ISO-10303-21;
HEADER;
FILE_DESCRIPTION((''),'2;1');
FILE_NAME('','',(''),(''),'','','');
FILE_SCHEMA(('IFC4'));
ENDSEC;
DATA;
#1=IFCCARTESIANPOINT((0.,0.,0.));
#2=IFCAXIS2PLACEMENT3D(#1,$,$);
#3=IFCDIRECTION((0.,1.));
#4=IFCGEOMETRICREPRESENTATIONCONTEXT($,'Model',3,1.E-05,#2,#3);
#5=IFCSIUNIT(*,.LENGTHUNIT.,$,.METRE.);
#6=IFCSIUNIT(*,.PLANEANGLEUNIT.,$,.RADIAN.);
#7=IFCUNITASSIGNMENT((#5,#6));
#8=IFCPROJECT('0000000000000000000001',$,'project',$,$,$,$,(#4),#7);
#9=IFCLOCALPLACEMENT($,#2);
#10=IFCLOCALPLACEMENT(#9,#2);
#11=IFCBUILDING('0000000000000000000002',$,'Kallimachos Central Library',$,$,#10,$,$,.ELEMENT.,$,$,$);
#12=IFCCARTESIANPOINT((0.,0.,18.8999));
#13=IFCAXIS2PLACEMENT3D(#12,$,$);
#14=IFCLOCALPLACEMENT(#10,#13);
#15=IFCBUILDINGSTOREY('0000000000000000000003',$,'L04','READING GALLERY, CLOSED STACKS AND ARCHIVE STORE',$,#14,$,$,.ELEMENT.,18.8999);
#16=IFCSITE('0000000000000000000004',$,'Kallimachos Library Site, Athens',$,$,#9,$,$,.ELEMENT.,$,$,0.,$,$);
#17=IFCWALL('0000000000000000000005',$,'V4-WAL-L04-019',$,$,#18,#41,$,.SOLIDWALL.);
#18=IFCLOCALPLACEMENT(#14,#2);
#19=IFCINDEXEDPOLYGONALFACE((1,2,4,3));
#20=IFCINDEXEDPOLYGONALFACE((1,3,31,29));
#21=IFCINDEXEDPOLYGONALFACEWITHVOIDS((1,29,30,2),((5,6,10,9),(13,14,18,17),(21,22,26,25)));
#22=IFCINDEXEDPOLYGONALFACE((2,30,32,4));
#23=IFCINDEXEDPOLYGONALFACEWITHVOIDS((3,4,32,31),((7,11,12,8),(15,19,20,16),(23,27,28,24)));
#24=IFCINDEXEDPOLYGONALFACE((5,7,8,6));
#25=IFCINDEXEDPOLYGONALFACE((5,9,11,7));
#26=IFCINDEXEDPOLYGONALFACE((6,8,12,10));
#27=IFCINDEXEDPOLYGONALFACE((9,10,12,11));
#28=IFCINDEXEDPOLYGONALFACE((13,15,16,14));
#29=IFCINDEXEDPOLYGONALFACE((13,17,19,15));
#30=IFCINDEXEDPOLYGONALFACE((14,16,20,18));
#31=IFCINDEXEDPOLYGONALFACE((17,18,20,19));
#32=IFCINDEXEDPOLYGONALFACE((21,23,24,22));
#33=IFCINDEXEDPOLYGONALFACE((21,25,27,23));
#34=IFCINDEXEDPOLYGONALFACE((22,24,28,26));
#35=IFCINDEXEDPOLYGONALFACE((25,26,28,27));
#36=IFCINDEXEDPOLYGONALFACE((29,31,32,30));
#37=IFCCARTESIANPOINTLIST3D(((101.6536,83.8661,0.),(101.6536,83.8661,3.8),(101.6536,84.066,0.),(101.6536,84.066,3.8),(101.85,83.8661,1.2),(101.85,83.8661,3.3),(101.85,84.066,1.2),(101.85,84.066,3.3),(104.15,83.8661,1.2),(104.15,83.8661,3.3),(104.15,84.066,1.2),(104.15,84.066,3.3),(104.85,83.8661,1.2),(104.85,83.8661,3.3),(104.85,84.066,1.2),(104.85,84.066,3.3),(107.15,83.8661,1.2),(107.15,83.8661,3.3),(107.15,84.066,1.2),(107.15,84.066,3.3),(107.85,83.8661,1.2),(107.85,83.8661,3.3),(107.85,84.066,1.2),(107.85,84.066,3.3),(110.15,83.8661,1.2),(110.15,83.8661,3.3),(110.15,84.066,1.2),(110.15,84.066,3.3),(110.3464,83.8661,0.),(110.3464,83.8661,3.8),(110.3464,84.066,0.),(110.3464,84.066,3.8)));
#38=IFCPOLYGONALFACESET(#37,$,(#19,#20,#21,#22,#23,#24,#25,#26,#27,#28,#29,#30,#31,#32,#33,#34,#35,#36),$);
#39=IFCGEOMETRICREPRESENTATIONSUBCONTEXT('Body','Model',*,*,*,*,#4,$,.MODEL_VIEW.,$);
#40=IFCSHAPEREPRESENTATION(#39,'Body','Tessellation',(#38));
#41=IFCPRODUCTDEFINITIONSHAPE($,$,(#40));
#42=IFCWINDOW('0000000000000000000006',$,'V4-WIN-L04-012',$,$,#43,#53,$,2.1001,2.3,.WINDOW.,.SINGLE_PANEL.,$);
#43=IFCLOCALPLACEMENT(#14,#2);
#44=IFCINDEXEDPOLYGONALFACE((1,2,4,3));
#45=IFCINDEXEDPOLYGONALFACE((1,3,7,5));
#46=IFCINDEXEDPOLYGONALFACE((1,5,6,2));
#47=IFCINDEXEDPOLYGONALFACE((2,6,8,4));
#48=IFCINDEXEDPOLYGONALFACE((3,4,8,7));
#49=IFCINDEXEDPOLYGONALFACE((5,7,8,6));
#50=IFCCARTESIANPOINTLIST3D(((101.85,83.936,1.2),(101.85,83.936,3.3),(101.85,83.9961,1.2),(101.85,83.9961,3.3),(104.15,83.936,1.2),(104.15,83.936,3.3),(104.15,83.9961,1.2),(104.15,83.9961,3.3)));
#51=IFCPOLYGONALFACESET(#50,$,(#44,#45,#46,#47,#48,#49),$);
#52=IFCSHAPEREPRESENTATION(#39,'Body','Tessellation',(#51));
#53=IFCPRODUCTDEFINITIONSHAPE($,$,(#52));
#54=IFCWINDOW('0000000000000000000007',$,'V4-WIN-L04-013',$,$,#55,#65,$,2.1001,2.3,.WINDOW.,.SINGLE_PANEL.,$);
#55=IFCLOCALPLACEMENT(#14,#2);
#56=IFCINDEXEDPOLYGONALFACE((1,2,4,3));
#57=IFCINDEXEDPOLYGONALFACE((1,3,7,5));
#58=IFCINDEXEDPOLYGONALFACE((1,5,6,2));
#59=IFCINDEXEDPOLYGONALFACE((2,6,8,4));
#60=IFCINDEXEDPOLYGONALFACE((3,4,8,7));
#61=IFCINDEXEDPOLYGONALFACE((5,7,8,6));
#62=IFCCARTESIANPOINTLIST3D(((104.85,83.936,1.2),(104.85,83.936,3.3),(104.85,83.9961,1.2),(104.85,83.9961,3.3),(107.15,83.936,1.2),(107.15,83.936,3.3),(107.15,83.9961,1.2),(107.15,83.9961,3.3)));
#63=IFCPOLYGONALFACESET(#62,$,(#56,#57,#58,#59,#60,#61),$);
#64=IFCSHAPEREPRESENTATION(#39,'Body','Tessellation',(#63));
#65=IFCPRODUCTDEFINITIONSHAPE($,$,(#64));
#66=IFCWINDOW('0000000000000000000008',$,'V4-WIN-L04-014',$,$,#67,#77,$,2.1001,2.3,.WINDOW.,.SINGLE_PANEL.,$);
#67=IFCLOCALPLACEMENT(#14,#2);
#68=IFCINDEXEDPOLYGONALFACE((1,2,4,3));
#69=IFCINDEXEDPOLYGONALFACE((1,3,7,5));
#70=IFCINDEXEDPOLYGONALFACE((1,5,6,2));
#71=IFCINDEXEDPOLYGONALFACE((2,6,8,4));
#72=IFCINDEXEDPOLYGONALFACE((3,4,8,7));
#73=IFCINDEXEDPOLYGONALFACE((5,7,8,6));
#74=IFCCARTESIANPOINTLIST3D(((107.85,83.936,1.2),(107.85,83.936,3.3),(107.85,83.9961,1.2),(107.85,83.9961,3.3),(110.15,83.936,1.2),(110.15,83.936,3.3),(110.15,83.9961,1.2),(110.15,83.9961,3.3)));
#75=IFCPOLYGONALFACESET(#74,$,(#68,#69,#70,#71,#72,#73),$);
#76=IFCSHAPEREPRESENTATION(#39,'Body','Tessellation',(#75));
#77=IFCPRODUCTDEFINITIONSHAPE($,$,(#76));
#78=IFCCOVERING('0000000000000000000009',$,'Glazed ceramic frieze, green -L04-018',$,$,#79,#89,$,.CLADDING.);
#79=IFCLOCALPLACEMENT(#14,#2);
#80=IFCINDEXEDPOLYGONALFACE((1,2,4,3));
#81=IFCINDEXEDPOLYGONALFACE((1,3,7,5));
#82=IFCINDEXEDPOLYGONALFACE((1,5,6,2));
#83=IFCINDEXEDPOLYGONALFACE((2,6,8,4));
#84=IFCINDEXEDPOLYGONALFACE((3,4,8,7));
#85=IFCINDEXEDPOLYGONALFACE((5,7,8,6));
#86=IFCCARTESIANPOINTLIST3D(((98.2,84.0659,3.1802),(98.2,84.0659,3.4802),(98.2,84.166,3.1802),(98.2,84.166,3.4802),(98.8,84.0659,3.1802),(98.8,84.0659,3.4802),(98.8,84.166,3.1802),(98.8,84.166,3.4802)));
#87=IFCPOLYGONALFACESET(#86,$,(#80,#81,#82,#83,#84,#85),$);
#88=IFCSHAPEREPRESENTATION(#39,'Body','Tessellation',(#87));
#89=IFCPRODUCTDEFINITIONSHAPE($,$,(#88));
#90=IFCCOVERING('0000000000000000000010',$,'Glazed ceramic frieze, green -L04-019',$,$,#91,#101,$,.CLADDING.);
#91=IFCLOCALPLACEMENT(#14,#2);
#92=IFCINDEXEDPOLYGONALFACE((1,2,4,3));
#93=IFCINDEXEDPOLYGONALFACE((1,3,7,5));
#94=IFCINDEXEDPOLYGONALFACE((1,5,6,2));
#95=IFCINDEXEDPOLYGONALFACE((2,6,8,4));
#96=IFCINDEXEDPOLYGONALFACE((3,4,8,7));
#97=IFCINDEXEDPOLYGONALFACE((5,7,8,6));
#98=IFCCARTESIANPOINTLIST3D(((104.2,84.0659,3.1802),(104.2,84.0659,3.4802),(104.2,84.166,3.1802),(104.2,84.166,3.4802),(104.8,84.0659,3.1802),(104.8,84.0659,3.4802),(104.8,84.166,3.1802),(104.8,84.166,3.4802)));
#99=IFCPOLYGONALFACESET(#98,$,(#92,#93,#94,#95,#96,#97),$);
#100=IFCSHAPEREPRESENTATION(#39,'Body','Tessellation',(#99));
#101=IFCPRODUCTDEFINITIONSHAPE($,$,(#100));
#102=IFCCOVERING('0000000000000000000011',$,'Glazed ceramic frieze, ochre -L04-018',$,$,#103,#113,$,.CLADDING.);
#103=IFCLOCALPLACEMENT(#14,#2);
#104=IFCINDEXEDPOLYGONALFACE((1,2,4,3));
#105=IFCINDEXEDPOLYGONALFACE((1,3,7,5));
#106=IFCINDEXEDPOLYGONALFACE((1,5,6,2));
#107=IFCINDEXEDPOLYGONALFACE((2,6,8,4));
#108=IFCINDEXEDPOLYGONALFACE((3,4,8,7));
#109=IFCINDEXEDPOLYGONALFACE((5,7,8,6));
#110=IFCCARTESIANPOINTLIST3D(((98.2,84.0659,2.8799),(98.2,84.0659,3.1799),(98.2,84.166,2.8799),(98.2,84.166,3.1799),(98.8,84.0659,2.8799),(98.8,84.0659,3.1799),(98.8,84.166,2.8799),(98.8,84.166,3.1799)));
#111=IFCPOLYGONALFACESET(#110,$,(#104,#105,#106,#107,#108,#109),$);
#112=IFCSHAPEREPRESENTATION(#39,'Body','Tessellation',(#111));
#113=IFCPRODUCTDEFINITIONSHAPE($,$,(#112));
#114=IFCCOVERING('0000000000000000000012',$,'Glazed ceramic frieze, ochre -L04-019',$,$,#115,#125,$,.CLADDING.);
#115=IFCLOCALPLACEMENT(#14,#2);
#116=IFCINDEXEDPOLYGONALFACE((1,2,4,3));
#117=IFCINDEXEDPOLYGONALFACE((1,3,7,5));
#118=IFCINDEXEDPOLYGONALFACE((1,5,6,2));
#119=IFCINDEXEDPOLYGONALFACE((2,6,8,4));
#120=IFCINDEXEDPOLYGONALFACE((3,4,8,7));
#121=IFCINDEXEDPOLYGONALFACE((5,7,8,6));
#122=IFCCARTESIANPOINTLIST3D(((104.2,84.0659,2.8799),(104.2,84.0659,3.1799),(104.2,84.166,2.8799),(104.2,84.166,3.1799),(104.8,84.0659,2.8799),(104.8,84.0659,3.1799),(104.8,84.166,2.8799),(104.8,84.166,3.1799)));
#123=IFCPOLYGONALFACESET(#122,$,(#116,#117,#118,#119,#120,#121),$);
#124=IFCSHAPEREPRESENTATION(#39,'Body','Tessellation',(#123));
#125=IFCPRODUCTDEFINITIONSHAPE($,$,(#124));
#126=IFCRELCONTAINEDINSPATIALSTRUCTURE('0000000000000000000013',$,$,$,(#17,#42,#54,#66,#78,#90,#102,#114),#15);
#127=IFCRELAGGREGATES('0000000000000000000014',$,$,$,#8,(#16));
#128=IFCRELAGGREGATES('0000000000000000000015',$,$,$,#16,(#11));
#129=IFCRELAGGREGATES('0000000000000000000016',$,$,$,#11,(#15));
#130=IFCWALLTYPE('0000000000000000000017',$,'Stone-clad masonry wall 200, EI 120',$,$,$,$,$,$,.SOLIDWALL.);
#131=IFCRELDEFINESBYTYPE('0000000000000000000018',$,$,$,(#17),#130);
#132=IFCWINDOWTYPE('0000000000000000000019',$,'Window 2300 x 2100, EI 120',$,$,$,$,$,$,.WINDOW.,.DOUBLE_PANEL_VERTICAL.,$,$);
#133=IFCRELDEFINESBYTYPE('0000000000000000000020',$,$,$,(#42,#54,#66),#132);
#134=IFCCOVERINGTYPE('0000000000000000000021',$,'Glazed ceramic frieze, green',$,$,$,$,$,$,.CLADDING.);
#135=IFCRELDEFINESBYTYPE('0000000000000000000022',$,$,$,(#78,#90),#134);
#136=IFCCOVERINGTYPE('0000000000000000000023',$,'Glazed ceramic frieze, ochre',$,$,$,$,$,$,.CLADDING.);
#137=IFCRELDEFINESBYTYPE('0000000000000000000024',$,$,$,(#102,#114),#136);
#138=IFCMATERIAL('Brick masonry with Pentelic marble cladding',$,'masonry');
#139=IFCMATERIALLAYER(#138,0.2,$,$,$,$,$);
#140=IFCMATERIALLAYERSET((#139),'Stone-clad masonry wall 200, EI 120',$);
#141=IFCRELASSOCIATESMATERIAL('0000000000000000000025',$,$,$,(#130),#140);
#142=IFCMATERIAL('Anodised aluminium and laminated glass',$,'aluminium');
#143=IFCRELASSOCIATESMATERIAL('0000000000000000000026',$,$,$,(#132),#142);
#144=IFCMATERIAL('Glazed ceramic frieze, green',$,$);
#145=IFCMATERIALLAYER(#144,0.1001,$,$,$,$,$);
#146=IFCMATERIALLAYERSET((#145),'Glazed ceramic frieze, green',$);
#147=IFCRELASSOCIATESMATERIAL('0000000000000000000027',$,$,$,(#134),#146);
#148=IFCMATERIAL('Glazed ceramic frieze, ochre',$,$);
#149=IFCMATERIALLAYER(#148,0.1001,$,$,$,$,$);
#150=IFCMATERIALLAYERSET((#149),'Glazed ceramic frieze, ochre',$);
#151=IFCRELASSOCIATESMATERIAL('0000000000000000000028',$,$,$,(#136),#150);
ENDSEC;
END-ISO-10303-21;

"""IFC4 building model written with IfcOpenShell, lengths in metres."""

from ifc_helpers import new_model, si_unit, direction, frame, frame_2d, origin, origin_2d, place, context, subcontext, project, spatial, rectangle, extrude, material, layer, layer_set, type_object, element, fill, save


model = new_model("IFC4")

# Units and contexts
model_context = context("Model", 3, precision=1e-05, world=origin(), true_north=direction((0.0, 1.0)))
body_context = subcontext(model_context, "Body", "Model", "MODEL_VIEW")
ifc_project = project(units=[si_unit("LENGTHUNIT", "METRE"), si_unit("PLANEANGLEUNIT", "RADIAN")], contexts=[model_context])

# Site, building, storey
site_placement = place(None, origin())
site = spatial("IfcSite", under=ifc_project, at=site_placement, Name="Kallimachos Library Site, Athens", CompositionType="ELEMENT", RefElevation=0.0)
building_placement = place(site_placement, origin())
building = spatial("IfcBuilding", under=site, at=building_placement, Name="Kallimachos Central Library", CompositionType="ELEMENT")
storey_placement = place(building_placement, frame((0.0, 0.0, 18.8999)))
storey = spatial("IfcBuildingStorey", under=building, at=storey_placement, Name="L04", Description="READING GALLERY, CLOSED STACKS AND ARCHIVE STORE", CompositionType="ELEMENT", Elevation=18.8999)

# Wall, openings, windows
ifc_material_1 = material(Name="Brick masonry with Pentelic marble cladding", Category="masonry")
ifc_layer_1 = layer(ifc_material_1, 0.2)
ifc_layer_set_1 = layer_set([ifc_layer_1], Name="Stone-clad masonry wall 200, EI 120")
wall_type_1 = type_object("IfcWallType", Name="Stone-clad masonry wall 200, EI 120", PredefinedType="SOLIDWALL", material=ifc_layer_set_1)
wall_1_placement = place(storey_placement, frame((101.6536, 83.9661, 0.0), z_axis=(0.0, 0.0, 1.0), x_axis=(1.0, 0.0, 0.0)))
wall_1 = element("IfcWall", 1, at=wall_1_placement, inside=storey, type_object=wall_type_1, Name="V4-WAL-L04-019", PredefinedType="SOLIDWALL", context=body_context, shape_type="SweptSolid", body=[
    extrude(rectangle(XDim=8.6929, YDim=0.2, at=frame_2d((4.3464, 0.0))), origin(), (0.0, 0.0, 1.0), 3.8),
])
opening_1_placement = place(wall_1_placement, frame((0.1965, 0.0, 1.2)))
opening_1 = element("IfcOpeningElement", 2, at=opening_1_placement, cuts=wall_1, PredefinedType="OPENING", context=body_context, shape_type="SweptSolid", body=[
    extrude(rectangle(XDim=2.3, YDim=2.1001, at=frame_2d((1.1499, 1.05))), frame((0.0, 0.1099, 0.0), z_axis=(0.0, -1.0, 0.0), x_axis=(1.0, 0.0, 0.0)), (0.0, 0.0, 1.0), 0.22),
])
opening_2_placement = place(wall_1_placement, frame((3.1965, 0.0, 1.2)))
opening_2 = element("IfcOpeningElement", 3, at=opening_2_placement, cuts=wall_1, PredefinedType="OPENING", context=body_context, shape_type="SweptSolid", body=[
    extrude(rectangle(XDim=2.3, YDim=2.1001, at=frame_2d((1.1499, 1.05))), frame((0.0, 0.1099, 0.0), z_axis=(0.0, -1.0, 0.0), x_axis=(1.0, 0.0, 0.0)), (0.0, 0.0, 1.0), 0.22),
])
opening_3_placement = place(wall_1_placement, frame((6.1965, 0.0, 1.2)))
opening_3 = element("IfcOpeningElement", 4, at=opening_3_placement, cuts=wall_1, PredefinedType="OPENING", context=body_context, shape_type="SweptSolid", body=[
    extrude(rectangle(XDim=2.3, YDim=2.1001, at=frame_2d((1.1499, 1.05))), frame((0.0, 0.1099, 0.0), z_axis=(0.0, -1.0, 0.0), x_axis=(1.0, 0.0, 0.0)), (0.0, 0.0, 1.0), 0.22),
])
ifc_material_2 = material(Name="Anodised aluminium and laminated glass", Category="aluminium")
window_type = type_object("IfcWindowType", Name="Window 2300 x 2100, EI 120", PartitioningType="DOUBLE_PANEL_VERTICAL", PredefinedType="WINDOW", material=ifc_material_2)
window_1_placement = place(opening_1_placement, origin())
window_1 = element("IfcWindow", 5, at=window_1_placement, inside=storey, type_object=window_type, Name="V4-WIN-L04-012", OverallHeight=2.1001, OverallWidth=2.3, PartitioningType="SINGLE_PANEL", PredefinedType="WINDOW", context=body_context, shape_type="SweptSolid", body=[
    extrude(rectangle(XDim=2.3, YDim=2.1001, at=frame_2d((1.1499, 1.05))), frame((0.0, 0.03, 0.0), z_axis=(0.0, -1.0, 0.0), x_axis=(1.0, 0.0, 0.0)), (0.0, 0.0, 1.0), 0.0601),
])
fill(opening_1, window_1)
window_2_placement = place(opening_2_placement, origin())
window_2 = element("IfcWindow", 6, at=window_2_placement, inside=storey, type_object=window_type, Name="V4-WIN-L04-013", OverallHeight=2.1001, OverallWidth=2.3, PartitioningType="SINGLE_PANEL", PredefinedType="WINDOW", context=body_context, shape_type="SweptSolid", body=[
    extrude(rectangle(XDim=2.3, YDim=2.1001, at=frame_2d((1.1499, 1.05))), frame((0.0, 0.03, 0.0), z_axis=(0.0, -1.0, 0.0), x_axis=(1.0, 0.0, 0.0)), (0.0, 0.0, 1.0), 0.0601),
])
fill(opening_2, window_2)
window_3_placement = place(opening_3_placement, origin())
window_3 = element("IfcWindow", 7, at=window_3_placement, inside=storey, type_object=window_type, Name="V4-WIN-L04-014", OverallHeight=2.1001, OverallWidth=2.3, PartitioningType="SINGLE_PANEL", PredefinedType="WINDOW", context=body_context, shape_type="SweptSolid", body=[
    extrude(rectangle(XDim=2.3, YDim=2.1001, at=frame_2d((1.1499, 1.05))), frame((0.0, 0.03, 0.0), z_axis=(0.0, -1.0, 0.0), x_axis=(1.0, 0.0, 0.0)), (0.0, 0.0, 1.0), 0.0601),
])
fill(opening_3, window_3)

# Coverings
ifc_material_3 = material(Name="Glazed ceramic frieze, green")
ifc_layer_2 = layer(ifc_material_3, 0.1001)
ifc_layer_set_2 = layer_set([ifc_layer_2], Name="Glazed ceramic frieze, green")
covering_type_1 = type_object("IfcCoveringType", Name="Glazed ceramic frieze, green", PredefinedType="CLADDING", material=ifc_layer_set_2)
for number, where, z_axis, x_axis, name in (
    (8, (98.5, 84.116, 3.1802), (0.0, 0.0, 1.0), (1.0, 0.0, 0.0), "Glazed ceramic frieze, green -L04-018"),
    (9, (104.5, 84.116, 3.1802), (0.0, 0.0, 1.0), (1.0, 0.0, 0.0), "Glazed ceramic frieze, green -L04-019"),
):
    element("IfcCovering", number, at=place(storey_placement, frame(where, z_axis=z_axis, x_axis=x_axis)), inside=storey, type_object=covering_type_1, Name=name, PredefinedType="CLADDING", context=body_context, shape_type="SweptSolid", body=[
        extrude(rectangle(XDim=0.6001, YDim=0.1001, at=origin_2d()), origin(), (0.0, 0.0, 1.0), 0.3),
    ])
ifc_material_4 = material(Name="Glazed ceramic frieze, ochre")
ifc_layer_3 = layer(ifc_material_4, 0.1001)
ifc_layer_set_3 = layer_set([ifc_layer_3], Name="Glazed ceramic frieze, ochre")
covering_type_2 = type_object("IfcCoveringType", Name="Glazed ceramic frieze, ochre", PredefinedType="CLADDING", material=ifc_layer_set_3)
for number, where, z_axis, x_axis, name in (
    (10, (98.5, 84.116, 2.8799), (0.0, 0.0, 1.0), (1.0, 0.0, 0.0), "Glazed ceramic frieze, ochre -L04-018"),
    (11, (104.5, 84.116, 2.8799), (0.0, 0.0, 1.0), (1.0, 0.0, 0.0), "Glazed ceramic frieze, ochre -L04-019"),
):
    element("IfcCovering", number, at=place(storey_placement, frame(where, z_axis=z_axis, x_axis=x_axis)), inside=storey, type_object=covering_type_2, Name=name, PredefinedType="CLADDING", context=body_context, shape_type="SweptSolid", body=[
        extrude(rectangle(XDim=0.6001, YDim=0.1001, at=origin_2d()), origin(), (0.0, 0.0, 1.0), 0.3),
    ])

save(model, "model.ifc")
